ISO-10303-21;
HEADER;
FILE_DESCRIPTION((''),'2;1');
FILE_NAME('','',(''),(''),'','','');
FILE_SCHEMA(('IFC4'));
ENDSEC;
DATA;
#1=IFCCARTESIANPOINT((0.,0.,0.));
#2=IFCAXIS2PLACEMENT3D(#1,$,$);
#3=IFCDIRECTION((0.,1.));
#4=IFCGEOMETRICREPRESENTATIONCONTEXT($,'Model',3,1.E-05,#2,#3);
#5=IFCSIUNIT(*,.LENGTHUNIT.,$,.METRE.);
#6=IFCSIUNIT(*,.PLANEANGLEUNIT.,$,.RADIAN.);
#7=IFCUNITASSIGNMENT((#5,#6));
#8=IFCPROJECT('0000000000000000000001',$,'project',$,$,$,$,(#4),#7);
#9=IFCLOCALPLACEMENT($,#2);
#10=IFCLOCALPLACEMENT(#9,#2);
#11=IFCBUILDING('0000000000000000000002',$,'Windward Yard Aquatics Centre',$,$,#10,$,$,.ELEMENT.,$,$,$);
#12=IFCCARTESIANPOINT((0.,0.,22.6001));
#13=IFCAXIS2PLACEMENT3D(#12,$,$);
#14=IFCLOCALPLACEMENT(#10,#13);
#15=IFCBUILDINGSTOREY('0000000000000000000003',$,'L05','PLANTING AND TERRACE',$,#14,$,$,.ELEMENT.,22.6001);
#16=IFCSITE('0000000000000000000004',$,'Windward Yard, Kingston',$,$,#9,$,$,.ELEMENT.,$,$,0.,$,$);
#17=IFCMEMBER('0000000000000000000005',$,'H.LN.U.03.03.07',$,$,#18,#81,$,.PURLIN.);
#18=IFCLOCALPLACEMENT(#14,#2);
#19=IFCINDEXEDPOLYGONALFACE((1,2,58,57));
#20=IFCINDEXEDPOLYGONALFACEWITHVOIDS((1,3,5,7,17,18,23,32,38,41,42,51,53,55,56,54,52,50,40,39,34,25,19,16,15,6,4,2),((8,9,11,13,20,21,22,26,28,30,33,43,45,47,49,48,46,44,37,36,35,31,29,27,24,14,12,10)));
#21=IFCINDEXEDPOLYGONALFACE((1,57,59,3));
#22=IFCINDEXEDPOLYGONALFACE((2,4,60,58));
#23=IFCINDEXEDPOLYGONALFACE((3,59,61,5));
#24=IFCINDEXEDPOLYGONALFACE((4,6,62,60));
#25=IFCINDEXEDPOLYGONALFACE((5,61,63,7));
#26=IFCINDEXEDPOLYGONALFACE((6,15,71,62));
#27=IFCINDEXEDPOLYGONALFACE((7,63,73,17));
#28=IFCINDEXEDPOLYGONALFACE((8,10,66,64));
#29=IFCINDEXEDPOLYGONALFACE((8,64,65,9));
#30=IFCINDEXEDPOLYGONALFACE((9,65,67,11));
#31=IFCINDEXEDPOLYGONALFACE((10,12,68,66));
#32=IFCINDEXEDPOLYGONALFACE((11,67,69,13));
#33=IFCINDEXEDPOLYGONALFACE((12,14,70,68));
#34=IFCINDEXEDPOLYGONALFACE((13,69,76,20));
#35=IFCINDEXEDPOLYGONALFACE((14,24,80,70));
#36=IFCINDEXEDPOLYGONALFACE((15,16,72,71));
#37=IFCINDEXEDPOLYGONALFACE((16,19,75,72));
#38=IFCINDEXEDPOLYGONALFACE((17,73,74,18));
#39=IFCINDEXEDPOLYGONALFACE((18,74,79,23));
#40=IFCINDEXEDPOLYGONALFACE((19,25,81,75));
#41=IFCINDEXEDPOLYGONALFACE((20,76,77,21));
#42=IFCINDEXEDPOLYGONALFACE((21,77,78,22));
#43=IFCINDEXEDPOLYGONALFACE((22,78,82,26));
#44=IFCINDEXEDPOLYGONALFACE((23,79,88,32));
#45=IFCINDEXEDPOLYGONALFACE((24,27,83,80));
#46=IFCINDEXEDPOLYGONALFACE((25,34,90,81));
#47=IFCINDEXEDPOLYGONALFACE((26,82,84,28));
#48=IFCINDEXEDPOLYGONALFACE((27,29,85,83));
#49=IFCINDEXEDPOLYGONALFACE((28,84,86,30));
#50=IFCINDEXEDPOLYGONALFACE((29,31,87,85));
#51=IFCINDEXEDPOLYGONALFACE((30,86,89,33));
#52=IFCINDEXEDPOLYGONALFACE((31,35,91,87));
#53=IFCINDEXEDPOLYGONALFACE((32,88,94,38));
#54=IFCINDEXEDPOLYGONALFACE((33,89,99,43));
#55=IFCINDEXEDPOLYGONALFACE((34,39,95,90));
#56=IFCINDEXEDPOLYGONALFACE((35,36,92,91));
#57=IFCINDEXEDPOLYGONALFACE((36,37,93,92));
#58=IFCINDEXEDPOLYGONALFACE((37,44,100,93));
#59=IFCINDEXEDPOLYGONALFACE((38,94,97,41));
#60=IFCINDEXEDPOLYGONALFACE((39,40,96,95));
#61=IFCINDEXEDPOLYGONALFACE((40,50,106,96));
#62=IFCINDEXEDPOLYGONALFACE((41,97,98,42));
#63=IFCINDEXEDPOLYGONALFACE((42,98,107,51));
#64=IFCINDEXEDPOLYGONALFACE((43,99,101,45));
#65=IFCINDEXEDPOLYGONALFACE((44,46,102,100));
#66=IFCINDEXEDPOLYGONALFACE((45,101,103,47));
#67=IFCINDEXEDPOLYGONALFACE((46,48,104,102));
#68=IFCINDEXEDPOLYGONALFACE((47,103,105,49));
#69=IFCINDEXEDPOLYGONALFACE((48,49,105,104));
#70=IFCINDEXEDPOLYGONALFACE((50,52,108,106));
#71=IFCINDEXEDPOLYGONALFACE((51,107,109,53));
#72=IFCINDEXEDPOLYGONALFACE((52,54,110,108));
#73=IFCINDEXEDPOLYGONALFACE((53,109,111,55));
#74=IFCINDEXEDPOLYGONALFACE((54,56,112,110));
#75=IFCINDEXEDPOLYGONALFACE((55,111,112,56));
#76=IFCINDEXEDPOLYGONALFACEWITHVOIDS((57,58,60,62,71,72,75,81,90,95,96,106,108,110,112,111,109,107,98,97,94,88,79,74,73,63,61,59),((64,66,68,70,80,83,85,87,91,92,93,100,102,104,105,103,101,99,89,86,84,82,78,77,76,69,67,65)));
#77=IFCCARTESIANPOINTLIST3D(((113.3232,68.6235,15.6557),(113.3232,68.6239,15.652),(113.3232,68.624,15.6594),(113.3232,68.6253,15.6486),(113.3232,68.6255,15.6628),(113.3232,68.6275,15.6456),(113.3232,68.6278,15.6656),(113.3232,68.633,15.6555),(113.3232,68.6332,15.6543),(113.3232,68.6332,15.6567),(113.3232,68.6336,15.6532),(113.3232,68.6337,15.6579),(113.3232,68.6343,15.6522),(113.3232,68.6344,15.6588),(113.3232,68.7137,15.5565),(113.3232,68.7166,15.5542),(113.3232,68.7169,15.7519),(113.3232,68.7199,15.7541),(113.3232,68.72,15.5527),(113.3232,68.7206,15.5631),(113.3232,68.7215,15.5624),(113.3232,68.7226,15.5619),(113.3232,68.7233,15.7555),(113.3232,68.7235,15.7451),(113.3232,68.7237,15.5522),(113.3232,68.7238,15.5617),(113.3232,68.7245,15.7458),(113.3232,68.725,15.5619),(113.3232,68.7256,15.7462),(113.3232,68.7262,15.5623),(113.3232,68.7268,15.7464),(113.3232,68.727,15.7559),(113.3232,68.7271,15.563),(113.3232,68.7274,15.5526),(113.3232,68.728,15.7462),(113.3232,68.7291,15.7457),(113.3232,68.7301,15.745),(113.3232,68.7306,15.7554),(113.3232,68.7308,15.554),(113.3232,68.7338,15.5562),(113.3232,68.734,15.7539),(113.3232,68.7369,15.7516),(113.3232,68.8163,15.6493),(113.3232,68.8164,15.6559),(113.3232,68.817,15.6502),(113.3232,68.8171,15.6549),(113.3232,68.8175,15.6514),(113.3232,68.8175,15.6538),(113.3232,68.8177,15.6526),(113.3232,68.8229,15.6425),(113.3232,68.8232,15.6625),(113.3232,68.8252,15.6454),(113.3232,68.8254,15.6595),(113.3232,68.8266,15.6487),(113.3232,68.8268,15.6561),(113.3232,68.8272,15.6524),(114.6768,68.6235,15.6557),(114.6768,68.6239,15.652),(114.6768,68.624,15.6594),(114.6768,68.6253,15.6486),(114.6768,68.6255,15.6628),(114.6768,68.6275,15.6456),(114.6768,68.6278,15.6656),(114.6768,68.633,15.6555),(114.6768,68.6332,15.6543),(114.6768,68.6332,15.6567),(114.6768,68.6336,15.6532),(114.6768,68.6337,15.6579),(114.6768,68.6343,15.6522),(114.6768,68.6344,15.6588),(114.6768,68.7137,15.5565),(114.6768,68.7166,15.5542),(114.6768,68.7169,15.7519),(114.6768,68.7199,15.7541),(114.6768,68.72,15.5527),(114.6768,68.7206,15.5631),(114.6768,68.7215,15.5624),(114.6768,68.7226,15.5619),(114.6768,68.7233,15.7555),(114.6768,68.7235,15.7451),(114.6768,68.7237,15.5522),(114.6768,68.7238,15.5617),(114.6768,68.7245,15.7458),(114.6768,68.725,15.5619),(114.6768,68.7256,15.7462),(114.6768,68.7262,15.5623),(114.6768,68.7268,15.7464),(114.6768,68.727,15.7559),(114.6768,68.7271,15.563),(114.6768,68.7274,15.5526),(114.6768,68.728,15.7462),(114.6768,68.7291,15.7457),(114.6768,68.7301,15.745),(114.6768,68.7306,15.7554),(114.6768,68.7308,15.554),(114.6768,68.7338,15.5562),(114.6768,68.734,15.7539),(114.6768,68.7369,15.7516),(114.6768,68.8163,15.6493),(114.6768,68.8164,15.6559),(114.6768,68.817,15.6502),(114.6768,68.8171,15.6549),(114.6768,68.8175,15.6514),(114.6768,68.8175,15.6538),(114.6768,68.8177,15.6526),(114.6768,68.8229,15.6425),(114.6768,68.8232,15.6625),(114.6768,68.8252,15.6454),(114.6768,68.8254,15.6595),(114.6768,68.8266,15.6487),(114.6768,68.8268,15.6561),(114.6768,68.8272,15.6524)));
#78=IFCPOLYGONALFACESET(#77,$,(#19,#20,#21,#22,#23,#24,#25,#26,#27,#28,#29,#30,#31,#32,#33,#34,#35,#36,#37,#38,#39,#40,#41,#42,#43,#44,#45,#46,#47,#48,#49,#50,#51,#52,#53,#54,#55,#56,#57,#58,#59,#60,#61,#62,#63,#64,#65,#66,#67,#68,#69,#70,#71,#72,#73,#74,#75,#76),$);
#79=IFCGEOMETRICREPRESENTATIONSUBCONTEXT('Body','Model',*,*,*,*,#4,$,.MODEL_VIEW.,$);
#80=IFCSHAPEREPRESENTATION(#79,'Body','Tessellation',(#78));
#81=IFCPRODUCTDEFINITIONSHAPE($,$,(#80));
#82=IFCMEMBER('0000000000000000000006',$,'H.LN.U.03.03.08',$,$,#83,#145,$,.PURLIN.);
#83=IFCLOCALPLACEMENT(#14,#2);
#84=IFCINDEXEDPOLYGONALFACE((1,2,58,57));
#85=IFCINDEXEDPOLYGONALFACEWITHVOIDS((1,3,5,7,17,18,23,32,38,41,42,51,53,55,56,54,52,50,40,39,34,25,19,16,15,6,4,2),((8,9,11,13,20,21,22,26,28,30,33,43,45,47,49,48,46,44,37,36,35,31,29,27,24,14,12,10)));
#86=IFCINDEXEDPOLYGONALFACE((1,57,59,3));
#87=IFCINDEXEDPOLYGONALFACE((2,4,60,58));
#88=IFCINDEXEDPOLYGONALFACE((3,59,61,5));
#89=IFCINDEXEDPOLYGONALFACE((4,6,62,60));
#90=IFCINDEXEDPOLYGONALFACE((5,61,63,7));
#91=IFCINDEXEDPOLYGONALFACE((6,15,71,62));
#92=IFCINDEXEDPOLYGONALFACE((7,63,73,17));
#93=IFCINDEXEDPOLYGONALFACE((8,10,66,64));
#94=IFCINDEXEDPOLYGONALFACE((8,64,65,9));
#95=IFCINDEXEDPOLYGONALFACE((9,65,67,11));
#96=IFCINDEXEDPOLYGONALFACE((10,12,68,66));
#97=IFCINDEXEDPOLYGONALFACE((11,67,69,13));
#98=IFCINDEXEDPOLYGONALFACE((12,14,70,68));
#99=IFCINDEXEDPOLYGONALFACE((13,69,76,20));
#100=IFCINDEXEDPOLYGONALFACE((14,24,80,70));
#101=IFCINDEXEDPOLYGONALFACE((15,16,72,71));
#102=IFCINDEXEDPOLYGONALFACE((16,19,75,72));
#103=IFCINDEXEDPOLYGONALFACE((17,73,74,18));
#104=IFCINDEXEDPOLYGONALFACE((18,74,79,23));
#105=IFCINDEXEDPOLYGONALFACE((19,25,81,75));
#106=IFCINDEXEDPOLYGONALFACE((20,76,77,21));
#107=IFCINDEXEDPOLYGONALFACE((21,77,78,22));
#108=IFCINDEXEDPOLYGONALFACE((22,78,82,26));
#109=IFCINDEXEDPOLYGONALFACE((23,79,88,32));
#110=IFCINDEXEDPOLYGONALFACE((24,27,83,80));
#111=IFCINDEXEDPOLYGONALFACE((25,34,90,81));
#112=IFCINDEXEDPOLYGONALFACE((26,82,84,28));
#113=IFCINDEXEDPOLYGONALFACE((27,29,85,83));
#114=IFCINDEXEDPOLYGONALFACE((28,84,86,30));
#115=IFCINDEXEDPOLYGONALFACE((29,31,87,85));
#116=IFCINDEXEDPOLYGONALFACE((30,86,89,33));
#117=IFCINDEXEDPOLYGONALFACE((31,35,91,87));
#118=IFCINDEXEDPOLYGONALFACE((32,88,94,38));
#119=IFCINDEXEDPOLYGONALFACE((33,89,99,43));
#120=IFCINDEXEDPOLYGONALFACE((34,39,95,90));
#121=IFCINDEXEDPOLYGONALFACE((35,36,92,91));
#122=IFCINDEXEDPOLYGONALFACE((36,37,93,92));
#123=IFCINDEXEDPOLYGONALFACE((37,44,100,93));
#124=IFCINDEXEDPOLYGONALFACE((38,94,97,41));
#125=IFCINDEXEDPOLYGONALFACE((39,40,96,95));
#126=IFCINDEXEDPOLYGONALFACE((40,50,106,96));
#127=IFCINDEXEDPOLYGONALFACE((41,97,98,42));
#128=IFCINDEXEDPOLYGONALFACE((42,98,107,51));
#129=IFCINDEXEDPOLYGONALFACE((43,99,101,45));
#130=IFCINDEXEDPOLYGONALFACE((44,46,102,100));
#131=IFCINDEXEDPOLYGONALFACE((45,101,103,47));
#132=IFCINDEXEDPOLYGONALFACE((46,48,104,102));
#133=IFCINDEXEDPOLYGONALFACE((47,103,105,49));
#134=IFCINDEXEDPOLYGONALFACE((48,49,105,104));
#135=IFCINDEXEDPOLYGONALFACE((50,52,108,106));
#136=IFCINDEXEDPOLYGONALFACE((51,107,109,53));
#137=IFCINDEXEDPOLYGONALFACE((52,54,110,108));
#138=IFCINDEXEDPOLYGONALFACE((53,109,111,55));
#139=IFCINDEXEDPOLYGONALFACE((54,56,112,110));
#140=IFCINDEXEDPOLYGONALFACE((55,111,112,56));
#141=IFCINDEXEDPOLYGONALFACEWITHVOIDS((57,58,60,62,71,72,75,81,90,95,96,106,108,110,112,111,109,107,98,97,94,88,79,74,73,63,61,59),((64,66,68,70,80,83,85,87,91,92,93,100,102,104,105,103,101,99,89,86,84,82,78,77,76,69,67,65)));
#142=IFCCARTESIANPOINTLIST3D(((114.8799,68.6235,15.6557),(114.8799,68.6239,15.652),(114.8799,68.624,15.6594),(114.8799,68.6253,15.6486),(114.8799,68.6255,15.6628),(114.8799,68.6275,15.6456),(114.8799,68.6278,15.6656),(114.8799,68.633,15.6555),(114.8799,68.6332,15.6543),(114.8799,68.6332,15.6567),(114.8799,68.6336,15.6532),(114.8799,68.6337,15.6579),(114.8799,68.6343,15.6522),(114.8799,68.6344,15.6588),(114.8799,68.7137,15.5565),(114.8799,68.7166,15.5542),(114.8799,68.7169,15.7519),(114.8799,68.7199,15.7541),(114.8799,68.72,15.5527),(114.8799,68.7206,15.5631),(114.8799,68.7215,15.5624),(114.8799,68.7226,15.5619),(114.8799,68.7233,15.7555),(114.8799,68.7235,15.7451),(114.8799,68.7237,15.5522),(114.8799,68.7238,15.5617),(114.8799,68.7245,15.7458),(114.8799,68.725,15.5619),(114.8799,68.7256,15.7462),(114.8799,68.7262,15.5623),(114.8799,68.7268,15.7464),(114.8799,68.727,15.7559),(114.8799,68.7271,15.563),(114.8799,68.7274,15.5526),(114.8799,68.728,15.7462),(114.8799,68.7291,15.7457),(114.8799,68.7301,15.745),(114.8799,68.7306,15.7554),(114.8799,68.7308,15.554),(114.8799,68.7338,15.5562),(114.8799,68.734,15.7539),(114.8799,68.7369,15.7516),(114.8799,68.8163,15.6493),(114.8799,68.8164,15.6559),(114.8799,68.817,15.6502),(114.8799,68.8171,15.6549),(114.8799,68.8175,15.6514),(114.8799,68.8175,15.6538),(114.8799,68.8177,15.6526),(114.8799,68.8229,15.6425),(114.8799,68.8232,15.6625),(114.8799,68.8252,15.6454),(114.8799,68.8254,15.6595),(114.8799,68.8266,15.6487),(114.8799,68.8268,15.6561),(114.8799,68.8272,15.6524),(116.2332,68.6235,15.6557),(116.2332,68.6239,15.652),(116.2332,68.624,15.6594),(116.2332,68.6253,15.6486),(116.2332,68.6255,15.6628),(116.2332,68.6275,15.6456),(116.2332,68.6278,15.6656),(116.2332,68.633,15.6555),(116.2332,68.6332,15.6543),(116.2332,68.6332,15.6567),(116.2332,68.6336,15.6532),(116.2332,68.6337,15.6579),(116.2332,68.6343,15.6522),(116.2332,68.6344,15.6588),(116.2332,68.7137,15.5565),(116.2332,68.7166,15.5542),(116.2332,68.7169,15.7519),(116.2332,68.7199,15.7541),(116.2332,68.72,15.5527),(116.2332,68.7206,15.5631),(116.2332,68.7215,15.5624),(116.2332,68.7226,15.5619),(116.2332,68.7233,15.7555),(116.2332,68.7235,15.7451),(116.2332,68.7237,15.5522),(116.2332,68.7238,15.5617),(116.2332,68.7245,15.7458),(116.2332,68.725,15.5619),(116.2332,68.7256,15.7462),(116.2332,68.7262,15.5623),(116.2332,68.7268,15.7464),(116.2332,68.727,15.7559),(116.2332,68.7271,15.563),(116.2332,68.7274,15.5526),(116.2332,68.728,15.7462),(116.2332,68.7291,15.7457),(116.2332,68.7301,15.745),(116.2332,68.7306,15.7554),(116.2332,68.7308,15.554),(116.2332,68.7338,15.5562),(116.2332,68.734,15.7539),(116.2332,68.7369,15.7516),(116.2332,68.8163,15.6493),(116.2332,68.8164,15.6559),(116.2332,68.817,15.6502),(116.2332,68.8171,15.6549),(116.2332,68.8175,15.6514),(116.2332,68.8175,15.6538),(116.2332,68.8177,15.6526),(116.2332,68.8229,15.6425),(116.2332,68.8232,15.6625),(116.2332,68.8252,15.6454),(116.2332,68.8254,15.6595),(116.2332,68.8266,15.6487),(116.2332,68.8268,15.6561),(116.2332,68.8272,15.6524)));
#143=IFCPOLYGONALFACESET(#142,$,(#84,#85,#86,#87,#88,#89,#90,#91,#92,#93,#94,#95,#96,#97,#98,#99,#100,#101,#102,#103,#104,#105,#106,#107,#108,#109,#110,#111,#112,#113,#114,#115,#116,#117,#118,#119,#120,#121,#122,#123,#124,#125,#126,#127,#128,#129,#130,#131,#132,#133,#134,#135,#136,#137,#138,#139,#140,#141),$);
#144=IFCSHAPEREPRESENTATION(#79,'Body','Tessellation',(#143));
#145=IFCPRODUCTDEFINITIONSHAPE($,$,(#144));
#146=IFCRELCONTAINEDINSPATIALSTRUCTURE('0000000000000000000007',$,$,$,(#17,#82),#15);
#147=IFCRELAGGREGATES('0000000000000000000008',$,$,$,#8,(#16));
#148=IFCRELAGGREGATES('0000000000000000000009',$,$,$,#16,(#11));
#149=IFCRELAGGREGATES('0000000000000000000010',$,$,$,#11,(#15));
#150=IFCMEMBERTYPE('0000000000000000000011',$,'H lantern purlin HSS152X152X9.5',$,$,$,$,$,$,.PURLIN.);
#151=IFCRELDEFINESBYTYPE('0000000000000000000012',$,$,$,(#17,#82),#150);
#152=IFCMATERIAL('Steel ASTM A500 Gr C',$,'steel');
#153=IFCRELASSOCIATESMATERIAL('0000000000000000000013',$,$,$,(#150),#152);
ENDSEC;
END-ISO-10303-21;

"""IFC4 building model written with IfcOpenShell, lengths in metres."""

from ifc_helpers import new_model, si_unit, direction, frame, origin, origin_2d, place, context, subcontext, project, spatial, hollow_rectangle, extrude, material, material_profile, profile_set, type_object, element, save


model = new_model("IFC4")

# Units and contexts
model_context = context("Model", 3, precision=1e-05, world=origin(), true_north=direction((0.0, 1.0)))
body_context = subcontext(model_context, "Body", "Model", "MODEL_VIEW")
ifc_project = project(units=[si_unit("LENGTHUNIT", "METRE"), si_unit("PLANEANGLEUNIT", "RADIAN")], contexts=[model_context])

# Site, building, storey
site_placement = place(None, origin())
site = spatial("IfcSite", under=ifc_project, at=site_placement, Name="Windward Yard, Kingston", CompositionType="ELEMENT", RefElevation=0.0)
building_placement = place(site_placement, origin())
building = spatial("IfcBuilding", under=site, at=building_placement, Name="Windward Yard Aquatics Centre", CompositionType="ELEMENT")
storey_placement = place(building_placement, frame((0.0, 0.0, 22.6001)))
storey = spatial("IfcBuildingStorey", under=building, at=storey_placement, Name="L05", Description="PLANTING AND TERRACE", CompositionType="ELEMENT", Elevation=22.6001)

# Members
ifc_material_1 = material(Name="Steel ASTM A500 Gr C", Category="steel")
ifc_material_profile = material_profile(ifc_material_1, hollow_rectangle(XDim=0.1523, YDim=0.1523, WallThickness=0.0095, InnerFilletRadius=0.0046, OuterFilletRadius=0.0142, at=origin_2d()), Name="HSS152X152X9.5")
ifc_profile_set = profile_set([ifc_material_profile], Name="Steel ASTM A500 Gr C")
member_type = type_object("IfcMemberType", Name="H lantern purlin HSS152X152X9.5", PredefinedType="PURLIN", material=ifc_profile_set)
member_1_placement = place(storey_placement, frame((113.3232, 68.7253, 15.6541), z_axis=(1.0, 0.0, 0.0), x_axis=(0.0, 0.69555, -0.718477)))
element("IfcMember", 1, at=member_1_placement, inside=storey, type_object=member_type, Name="H.LN.U.03.03.07", PredefinedType="PURLIN", context=body_context, shape_type="SweptSolid", body=[
    extrude(hollow_rectangle(XDim=0.1523, YDim=0.1523, WallThickness=0.0095, InnerFilletRadius=0.0046, OuterFilletRadius=0.0142, at=origin_2d()), origin(), (0.0, 0.0, 1.0), 1.3535),
])
member_2_placement = place(storey_placement, frame((114.8799, 68.7253, 15.6541), z_axis=(1.0, 0.0, 0.0), x_axis=(0.0, 0.69555, -0.718477)))
element("IfcMember", 2, at=member_2_placement, inside=storey, type_object=member_type, Name="H.LN.U.03.03.08", PredefinedType="PURLIN", context=body_context, shape_type="SweptSolid", body=[
    extrude(hollow_rectangle(XDim=0.1523, YDim=0.1523, WallThickness=0.0095, InnerFilletRadius=0.0046, OuterFilletRadius=0.0142, at=origin_2d()), origin(), (0.0, 0.0, 1.0), 1.3533),
])

save(model, "model.ifc")
